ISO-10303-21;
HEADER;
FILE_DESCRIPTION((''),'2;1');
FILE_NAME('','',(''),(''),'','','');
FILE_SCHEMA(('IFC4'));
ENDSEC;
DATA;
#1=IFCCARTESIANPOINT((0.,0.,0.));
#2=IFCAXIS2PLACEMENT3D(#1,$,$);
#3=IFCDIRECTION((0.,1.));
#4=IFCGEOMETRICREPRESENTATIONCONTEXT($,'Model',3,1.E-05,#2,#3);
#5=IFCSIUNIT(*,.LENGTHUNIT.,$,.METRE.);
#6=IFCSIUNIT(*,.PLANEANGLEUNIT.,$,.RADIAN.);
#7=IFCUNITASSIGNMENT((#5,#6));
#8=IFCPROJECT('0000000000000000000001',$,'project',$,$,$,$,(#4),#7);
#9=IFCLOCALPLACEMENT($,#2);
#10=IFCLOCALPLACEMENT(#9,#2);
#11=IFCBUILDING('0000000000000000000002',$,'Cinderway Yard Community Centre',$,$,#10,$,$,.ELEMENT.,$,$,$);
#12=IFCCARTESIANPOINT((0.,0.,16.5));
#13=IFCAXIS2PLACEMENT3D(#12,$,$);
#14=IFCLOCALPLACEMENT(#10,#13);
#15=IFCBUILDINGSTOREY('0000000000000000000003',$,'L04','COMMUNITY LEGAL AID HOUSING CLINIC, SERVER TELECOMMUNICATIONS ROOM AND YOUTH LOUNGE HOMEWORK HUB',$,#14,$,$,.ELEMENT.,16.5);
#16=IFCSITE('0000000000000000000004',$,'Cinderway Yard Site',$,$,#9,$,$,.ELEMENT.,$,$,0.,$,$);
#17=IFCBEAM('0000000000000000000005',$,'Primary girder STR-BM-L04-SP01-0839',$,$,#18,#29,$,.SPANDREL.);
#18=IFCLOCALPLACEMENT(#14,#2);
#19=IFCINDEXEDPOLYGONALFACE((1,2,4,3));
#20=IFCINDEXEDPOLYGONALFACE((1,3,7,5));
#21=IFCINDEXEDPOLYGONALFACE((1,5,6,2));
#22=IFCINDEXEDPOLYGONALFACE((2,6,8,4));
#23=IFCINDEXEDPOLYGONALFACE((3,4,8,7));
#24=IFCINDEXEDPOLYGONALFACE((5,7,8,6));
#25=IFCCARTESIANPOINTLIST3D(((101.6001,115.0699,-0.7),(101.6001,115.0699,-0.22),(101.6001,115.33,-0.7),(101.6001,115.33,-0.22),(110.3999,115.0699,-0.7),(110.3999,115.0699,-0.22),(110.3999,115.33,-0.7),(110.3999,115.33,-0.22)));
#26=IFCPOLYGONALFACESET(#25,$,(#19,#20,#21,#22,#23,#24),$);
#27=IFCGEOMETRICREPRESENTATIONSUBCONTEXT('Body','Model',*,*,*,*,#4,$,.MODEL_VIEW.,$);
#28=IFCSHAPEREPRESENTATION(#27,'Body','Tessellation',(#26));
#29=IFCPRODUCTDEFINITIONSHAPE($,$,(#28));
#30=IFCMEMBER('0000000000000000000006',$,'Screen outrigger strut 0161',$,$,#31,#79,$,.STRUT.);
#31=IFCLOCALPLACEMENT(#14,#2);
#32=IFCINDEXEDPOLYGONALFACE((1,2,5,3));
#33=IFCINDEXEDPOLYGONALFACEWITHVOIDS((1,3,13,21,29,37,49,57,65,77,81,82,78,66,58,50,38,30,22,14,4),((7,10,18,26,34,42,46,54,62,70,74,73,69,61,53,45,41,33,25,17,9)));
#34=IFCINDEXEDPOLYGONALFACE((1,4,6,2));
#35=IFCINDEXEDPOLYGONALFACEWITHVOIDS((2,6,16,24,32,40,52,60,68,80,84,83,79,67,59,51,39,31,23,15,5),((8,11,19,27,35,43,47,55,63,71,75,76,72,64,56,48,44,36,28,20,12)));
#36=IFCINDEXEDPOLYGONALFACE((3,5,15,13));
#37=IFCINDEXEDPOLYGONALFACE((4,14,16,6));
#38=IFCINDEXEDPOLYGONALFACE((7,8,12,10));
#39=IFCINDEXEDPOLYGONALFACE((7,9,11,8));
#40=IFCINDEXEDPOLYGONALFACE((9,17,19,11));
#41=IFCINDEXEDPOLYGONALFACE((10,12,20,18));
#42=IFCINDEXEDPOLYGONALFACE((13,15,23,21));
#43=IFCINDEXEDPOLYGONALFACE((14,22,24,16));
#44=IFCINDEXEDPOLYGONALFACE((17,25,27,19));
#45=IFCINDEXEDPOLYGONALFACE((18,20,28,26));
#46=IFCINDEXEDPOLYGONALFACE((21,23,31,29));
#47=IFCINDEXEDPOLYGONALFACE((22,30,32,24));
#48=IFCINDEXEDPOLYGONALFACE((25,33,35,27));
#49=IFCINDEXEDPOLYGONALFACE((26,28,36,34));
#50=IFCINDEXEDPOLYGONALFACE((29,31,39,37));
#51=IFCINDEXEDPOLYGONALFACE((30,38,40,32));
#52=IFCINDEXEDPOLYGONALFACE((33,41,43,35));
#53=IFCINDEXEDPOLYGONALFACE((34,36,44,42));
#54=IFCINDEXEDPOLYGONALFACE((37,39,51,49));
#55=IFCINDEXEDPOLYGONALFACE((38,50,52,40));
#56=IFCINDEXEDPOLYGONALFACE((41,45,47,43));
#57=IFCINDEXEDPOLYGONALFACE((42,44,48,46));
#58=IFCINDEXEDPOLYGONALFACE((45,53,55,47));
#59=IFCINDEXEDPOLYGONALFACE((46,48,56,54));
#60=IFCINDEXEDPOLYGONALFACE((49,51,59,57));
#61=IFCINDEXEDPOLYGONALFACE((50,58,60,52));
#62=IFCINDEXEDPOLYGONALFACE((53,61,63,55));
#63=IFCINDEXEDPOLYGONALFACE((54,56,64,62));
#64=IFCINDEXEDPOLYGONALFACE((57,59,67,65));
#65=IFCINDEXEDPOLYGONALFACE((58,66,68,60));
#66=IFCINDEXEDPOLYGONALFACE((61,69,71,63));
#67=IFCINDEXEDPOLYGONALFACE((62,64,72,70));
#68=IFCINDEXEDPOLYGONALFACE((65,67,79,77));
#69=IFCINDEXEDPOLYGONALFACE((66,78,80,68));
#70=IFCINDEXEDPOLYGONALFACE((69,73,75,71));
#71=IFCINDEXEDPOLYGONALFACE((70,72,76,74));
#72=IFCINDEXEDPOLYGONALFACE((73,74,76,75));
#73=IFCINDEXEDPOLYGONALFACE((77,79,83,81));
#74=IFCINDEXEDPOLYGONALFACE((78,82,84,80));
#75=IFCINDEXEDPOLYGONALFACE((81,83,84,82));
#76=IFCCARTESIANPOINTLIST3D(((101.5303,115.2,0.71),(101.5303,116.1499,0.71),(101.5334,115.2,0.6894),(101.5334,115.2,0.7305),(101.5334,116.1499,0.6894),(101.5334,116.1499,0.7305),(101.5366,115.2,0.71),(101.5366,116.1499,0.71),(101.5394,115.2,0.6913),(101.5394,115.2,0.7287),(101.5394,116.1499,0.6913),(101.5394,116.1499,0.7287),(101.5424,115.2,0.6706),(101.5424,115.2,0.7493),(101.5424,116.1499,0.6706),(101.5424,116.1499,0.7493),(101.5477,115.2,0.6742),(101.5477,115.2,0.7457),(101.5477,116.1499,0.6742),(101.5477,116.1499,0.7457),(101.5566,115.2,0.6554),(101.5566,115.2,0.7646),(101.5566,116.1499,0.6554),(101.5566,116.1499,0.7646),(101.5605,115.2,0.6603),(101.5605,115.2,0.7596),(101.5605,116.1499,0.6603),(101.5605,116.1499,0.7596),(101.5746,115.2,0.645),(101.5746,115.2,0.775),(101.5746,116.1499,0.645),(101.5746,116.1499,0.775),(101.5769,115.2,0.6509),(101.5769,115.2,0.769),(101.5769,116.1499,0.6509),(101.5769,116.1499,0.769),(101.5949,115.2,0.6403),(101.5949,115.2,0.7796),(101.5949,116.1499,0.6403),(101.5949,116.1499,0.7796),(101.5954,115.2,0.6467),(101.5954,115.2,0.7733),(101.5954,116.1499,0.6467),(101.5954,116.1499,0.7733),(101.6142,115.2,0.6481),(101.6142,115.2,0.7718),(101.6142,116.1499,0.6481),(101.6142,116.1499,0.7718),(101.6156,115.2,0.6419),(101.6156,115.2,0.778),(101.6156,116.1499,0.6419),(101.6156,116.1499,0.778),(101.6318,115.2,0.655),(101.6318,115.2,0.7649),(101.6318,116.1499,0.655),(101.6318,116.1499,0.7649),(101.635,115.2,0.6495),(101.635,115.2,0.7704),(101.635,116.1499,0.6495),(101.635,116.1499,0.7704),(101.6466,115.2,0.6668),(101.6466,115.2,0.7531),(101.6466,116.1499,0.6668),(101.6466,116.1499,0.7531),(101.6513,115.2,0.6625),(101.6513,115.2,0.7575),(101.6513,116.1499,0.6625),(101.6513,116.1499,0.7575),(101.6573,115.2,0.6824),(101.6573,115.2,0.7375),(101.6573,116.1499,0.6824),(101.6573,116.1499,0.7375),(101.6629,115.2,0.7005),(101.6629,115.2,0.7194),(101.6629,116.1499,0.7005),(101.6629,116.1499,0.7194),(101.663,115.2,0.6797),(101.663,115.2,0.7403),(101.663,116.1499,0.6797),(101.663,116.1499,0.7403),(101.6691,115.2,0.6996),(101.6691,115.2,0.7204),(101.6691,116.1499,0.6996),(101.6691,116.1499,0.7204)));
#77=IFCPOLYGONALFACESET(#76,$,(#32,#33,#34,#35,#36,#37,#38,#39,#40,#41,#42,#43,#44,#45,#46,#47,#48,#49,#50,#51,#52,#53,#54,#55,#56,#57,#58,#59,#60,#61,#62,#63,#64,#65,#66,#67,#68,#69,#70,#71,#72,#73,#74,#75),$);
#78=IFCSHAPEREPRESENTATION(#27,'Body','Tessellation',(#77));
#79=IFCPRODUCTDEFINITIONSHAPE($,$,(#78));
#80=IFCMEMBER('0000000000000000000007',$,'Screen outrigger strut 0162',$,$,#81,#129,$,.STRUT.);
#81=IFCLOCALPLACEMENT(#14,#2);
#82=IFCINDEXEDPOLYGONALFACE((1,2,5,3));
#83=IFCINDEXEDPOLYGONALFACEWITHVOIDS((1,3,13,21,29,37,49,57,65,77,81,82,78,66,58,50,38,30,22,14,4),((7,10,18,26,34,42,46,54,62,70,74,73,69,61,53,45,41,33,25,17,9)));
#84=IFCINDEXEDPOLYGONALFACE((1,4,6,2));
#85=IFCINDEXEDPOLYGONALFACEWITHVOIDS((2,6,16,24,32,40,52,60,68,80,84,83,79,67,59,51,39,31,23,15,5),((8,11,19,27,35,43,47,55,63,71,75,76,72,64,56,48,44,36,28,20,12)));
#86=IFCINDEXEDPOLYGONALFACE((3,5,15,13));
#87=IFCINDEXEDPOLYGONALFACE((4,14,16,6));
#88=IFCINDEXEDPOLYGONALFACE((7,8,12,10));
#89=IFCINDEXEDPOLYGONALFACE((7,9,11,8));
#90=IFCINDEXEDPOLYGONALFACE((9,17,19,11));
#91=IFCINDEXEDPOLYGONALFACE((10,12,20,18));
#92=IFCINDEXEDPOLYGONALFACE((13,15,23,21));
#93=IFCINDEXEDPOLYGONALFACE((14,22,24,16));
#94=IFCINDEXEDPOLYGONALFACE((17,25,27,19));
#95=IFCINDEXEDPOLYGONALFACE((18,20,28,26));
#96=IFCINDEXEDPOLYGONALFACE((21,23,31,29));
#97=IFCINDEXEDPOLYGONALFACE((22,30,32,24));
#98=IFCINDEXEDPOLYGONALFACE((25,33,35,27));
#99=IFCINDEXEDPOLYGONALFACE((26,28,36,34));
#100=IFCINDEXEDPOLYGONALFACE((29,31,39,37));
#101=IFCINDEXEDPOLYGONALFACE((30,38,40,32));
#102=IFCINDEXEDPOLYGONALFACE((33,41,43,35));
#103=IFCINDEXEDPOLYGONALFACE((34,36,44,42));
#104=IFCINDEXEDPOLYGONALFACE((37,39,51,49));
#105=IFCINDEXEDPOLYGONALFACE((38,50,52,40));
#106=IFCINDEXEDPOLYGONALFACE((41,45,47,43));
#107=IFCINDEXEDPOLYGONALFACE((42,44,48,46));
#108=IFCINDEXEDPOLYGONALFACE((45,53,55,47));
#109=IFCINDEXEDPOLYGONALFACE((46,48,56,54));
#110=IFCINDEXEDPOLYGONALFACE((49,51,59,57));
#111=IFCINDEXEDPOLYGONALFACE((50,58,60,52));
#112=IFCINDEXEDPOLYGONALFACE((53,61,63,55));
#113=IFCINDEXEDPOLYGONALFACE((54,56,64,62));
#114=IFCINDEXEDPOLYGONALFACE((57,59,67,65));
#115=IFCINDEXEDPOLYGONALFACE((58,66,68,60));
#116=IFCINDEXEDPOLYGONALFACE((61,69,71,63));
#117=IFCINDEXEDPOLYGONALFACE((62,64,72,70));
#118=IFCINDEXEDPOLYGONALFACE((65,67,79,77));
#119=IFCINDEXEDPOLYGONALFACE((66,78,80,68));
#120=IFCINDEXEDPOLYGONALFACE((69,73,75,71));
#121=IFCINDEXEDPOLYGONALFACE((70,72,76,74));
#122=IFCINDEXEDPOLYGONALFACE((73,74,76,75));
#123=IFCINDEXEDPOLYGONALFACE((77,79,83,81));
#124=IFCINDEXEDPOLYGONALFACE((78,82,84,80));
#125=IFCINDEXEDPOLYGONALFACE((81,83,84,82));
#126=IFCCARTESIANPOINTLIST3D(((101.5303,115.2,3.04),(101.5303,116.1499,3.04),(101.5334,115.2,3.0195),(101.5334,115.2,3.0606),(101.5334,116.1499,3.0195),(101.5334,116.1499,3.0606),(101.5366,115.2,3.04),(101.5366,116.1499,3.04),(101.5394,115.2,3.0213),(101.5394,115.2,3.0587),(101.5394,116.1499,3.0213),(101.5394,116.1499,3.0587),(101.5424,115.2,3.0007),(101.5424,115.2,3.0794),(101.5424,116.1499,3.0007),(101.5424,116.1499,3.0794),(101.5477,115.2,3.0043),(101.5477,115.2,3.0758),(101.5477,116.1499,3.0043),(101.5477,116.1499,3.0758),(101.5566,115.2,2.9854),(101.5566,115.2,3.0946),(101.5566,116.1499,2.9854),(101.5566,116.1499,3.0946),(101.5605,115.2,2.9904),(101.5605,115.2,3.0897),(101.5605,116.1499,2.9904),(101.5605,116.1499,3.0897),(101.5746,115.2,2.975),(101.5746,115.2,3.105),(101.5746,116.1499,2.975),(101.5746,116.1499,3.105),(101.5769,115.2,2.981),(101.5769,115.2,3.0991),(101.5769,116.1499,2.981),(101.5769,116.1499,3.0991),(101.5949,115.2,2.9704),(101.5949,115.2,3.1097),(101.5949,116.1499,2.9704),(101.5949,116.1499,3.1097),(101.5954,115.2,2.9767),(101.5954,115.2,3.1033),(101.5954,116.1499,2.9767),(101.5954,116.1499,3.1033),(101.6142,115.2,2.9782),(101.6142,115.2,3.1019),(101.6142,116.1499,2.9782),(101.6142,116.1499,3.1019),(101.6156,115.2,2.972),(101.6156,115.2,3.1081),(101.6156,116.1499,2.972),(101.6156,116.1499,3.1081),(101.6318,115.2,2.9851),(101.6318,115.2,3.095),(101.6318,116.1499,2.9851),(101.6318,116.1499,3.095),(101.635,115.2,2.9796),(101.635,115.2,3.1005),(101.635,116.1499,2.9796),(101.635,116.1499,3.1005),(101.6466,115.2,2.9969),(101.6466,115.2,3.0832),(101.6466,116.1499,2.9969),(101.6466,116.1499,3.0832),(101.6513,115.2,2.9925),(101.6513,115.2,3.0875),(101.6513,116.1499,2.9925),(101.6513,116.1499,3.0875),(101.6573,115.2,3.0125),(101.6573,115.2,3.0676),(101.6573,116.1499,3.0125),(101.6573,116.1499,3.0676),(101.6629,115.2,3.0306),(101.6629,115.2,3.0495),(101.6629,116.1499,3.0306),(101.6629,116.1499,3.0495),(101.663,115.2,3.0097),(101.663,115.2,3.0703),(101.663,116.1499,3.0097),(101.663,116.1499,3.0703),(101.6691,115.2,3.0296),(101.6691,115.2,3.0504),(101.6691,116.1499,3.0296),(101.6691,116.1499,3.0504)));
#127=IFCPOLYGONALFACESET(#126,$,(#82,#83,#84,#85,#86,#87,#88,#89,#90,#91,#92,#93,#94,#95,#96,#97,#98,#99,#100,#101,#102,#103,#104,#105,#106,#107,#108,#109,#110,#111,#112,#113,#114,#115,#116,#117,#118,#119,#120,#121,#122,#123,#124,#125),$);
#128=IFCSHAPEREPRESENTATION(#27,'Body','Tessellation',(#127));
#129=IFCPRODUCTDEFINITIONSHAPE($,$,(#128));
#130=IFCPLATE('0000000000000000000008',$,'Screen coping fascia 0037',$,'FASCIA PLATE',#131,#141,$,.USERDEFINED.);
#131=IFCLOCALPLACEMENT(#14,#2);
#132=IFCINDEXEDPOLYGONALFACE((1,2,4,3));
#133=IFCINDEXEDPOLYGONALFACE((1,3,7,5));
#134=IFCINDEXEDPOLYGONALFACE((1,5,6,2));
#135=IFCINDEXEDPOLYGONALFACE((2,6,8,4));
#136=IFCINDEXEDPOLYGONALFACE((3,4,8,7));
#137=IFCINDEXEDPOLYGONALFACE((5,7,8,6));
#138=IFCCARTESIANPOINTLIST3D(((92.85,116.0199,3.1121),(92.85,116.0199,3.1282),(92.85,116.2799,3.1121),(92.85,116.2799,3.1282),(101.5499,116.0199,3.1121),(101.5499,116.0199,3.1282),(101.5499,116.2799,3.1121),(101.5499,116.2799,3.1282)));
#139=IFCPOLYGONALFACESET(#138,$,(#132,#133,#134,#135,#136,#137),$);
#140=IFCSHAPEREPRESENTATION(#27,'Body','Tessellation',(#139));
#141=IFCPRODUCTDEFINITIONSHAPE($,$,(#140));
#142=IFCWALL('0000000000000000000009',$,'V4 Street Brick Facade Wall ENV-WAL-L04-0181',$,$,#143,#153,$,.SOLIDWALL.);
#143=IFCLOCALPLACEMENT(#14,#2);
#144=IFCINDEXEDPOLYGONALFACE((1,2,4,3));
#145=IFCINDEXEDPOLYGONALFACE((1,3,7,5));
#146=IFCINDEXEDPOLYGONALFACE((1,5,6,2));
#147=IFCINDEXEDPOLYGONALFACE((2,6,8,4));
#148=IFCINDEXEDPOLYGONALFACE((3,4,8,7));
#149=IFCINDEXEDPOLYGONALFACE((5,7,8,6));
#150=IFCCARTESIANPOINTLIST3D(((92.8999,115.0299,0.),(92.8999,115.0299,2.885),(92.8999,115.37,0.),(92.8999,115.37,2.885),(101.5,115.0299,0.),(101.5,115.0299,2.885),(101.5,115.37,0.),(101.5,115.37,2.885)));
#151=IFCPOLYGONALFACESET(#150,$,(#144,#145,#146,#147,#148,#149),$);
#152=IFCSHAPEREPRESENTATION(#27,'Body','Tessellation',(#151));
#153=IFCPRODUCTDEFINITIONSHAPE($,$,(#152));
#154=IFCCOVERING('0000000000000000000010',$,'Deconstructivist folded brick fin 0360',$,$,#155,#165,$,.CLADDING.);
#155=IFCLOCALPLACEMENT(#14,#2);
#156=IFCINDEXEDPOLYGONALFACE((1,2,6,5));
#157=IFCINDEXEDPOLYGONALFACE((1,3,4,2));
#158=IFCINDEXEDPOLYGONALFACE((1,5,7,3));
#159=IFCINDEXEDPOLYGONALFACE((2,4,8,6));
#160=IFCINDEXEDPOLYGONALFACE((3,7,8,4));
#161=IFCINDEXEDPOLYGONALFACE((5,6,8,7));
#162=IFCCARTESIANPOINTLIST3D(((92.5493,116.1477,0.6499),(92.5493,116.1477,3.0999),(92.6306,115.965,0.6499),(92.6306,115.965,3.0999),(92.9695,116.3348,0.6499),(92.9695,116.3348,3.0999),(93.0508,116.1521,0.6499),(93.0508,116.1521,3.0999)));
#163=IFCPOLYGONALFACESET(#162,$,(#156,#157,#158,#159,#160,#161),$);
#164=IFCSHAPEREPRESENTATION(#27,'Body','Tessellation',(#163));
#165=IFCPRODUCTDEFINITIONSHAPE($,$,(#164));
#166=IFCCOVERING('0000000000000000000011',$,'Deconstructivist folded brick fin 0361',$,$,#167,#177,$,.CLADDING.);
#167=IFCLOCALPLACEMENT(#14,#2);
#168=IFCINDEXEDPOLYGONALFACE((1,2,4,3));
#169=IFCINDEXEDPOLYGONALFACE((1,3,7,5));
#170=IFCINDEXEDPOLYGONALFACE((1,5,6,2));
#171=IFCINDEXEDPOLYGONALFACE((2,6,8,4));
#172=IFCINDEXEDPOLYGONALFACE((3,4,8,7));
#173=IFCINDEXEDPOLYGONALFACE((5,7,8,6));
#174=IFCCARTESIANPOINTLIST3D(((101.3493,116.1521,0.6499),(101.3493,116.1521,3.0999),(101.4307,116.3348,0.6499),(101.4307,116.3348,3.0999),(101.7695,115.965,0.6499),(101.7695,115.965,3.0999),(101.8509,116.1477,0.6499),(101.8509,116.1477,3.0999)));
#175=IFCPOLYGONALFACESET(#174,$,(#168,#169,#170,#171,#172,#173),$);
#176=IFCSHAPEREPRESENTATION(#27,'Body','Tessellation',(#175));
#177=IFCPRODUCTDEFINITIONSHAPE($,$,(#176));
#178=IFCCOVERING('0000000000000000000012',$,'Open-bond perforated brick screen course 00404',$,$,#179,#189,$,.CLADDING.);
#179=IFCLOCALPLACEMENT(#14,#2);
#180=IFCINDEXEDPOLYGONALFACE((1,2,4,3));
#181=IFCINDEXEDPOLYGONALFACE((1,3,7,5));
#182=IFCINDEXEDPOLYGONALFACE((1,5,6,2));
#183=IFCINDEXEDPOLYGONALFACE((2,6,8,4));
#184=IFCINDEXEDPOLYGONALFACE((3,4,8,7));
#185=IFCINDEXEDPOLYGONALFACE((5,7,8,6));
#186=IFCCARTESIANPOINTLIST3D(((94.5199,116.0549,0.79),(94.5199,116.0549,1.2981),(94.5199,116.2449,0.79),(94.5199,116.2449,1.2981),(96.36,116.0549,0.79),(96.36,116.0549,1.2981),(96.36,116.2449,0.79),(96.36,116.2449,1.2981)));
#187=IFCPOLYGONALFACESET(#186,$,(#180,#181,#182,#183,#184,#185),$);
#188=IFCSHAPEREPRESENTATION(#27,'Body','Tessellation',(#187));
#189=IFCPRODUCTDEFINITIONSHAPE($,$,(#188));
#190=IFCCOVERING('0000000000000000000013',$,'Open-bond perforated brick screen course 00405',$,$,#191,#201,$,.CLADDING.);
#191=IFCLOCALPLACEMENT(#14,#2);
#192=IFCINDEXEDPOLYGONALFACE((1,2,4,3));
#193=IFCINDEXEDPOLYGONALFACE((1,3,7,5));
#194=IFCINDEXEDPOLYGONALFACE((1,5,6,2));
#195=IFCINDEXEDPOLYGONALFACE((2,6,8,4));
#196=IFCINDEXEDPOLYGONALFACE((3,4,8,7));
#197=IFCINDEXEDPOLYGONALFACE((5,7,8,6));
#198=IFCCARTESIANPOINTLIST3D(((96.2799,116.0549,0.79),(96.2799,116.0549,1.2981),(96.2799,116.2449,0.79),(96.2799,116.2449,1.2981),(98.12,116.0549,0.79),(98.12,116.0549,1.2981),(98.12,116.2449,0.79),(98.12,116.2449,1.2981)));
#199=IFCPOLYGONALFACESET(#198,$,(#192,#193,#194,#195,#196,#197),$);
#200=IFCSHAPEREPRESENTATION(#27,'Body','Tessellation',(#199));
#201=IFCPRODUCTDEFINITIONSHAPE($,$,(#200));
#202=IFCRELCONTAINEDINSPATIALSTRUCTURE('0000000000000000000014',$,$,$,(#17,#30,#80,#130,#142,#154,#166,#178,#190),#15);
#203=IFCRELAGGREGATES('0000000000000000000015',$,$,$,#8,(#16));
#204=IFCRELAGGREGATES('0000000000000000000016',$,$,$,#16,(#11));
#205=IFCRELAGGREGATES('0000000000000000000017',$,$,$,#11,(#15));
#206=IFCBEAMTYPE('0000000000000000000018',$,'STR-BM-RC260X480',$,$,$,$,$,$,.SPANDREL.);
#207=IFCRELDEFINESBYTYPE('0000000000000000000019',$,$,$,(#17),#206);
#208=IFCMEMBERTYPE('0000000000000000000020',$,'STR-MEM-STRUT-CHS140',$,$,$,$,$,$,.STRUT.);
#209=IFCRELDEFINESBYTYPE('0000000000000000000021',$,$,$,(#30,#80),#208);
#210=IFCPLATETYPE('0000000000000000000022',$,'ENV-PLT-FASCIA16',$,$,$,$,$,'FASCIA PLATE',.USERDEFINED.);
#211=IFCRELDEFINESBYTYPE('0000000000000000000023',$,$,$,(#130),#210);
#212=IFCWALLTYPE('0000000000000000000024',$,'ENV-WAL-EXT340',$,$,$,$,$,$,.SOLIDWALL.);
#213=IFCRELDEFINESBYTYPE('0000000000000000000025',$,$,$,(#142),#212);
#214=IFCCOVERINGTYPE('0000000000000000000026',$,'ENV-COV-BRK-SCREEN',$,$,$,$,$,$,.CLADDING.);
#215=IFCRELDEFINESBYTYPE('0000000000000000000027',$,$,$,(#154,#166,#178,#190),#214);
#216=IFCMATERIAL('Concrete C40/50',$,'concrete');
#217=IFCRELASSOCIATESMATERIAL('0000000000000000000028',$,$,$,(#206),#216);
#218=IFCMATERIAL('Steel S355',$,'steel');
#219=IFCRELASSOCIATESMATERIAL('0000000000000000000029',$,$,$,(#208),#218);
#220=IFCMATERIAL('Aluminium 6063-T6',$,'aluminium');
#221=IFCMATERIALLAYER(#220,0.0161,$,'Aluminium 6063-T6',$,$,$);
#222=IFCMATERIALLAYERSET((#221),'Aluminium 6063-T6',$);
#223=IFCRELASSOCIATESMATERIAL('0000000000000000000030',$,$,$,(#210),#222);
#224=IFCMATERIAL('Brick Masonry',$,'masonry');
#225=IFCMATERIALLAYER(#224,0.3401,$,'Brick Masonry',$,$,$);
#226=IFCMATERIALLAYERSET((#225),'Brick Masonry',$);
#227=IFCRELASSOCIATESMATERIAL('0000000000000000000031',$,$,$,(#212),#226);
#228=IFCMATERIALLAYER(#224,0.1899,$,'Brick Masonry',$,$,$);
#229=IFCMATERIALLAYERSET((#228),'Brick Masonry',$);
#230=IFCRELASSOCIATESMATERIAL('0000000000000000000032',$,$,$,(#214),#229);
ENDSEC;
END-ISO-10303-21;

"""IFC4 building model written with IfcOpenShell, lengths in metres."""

from ifc_helpers import new_model, si_unit, direction, frame, frame_2d, origin, origin_2d, place, context, subcontext, project, spatial, rectangle, hollow_circle, extrude, material, layer, layer_set, material_profile, profile_set, type_object, element, save


model = new_model("IFC4")

# Units and contexts
model_context = context("Model", 3, precision=1e-05, world=origin(), true_north=direction((0.0, 1.0)))
body_context = subcontext(model_context, "Body", "Model", "MODEL_VIEW")
ifc_project = project(units=[si_unit("LENGTHUNIT", "METRE"), si_unit("PLANEANGLEUNIT", "RADIAN")], contexts=[model_context])

# Site, building, storey
site_placement = place(None, origin())
site = spatial("IfcSite", under=ifc_project, at=site_placement, Name="Cinderway Yard Site", CompositionType="ELEMENT", RefElevation=0.0)
building_placement = place(site_placement, origin())
building = spatial("IfcBuilding", under=site, at=building_placement, Name="Cinderway Yard Community Centre", CompositionType="ELEMENT")
storey_placement = place(building_placement, frame((0.0, 0.0, 16.5)))
storey = spatial("IfcBuildingStorey", under=building, at=storey_placement, Name="L04", Description="COMMUNITY LEGAL AID HOUSING CLINIC, SERVER TELECOMMUNICATIONS ROOM AND YOUTH LOUNGE HOMEWORK HUB", CompositionType="ELEMENT", Elevation=16.5)

# Shared definitions
ifc_material_1 = material(Name="Concrete C40/50", Category="concrete")

# Shared definitions
ifc_material_2 = material(Name="Steel S355", Category="steel")

# Beam
ifc_material_profile_1 = material_profile(ifc_material_1, rectangle(XDim=0.26, YDim=0.48, at=origin_2d()), Name="Concrete C40/50")
ifc_profile_set_1 = profile_set([ifc_material_profile_1], Name="Concrete C40/50")
beam_type = type_object("IfcBeamType", Name="STR-BM-RC260X480", PredefinedType="SPANDREL", material=ifc_profile_set_1)
beam_placement = place(storey_placement, frame((101.6001, 115.2, -0.46), z_axis=(1.0, 0.0, 0.0), x_axis=(0.0, 1.0, 0.0)))
element("IfcBeam", 1, at=beam_placement, inside=storey, type_object=beam_type, Name="Primary girder STR-BM-L04-SP01-0839", PredefinedType="SPANDREL", context=body_context, shape_type="SweptSolid", body=[
    extrude(rectangle(XDim=0.26, YDim=0.48, at=origin_2d()), origin(), (0.0, 0.0, 1.0), 8.7998),
])

# Members
ifc_material_profile_2 = material_profile(ifc_material_2, hollow_circle(Radius=0.0698, WallThickness=0.0063, at=origin_2d()), Name="Steel S355")
ifc_profile_set_2 = profile_set([ifc_material_profile_2], Name="Steel S355")
member_type_1 = type_object("IfcMemberType", Name="STR-MEM-STRUT-CHS140", PredefinedType="STRUT", material=ifc_profile_set_2)
for number, where, z_axis, x_axis, name in (
    (2, (101.6001, 115.2, 0.71), (0.0, 1.0, 0.0), (-1.0, 0.0, 0.0), "Screen outrigger strut 0161"),
    (3, (101.6001, 115.2, 3.04), (0.0, 1.0, 0.0), (-1.0, 0.0, 0.0), "Screen outrigger strut 0162"),
):
    element("IfcMember", number, at=place(storey_placement, frame(where, z_axis=z_axis, x_axis=x_axis)), inside=storey, type_object=member_type_1, Name=name, PredefinedType="STRUT", context=body_context, shape_type="SweptSolid", body=[
        extrude(hollow_circle(Radius=0.0698, WallThickness=0.0063, at=origin_2d()), origin(), (0.0, 0.0, 1.0), 0.95),
    ])

# Plate
ifc_material_3 = material(Name="Aluminium 6063-T6", Category="aluminium")
ifc_layer_1 = layer(ifc_material_3, 0.0161, Name="Aluminium 6063-T6")
ifc_layer_set_1 = layer_set([ifc_layer_1], Name="Aluminium 6063-T6")
plate_type = type_object("IfcPlateType", Name="ENV-PLT-FASCIA16", ElementType="FASCIA PLATE", PredefinedType="USERDEFINED", material=ifc_layer_set_1)
plate_placement = place(storey_placement, frame((97.2, 116.1499, 3.1121), z_axis=(0.0, 0.0, 1.0), x_axis=(1.0, 0.0, 0.0)))
element("IfcPlate", 4, at=plate_placement, inside=storey, type_object=plate_type, Name="Screen coping fascia 0037", ObjectType="FASCIA PLATE", PredefinedType="USERDEFINED", context=body_context, shape_type="SweptSolid", body=[
    extrude(rectangle(XDim=8.7, YDim=0.26, at=origin_2d()), origin(), (0.0, 0.0, 1.0), 0.0161),
])

# Wall
ifc_material_4 = material(Name="Brick Masonry", Category="masonry")
ifc_layer_2 = layer(ifc_material_4, 0.3401, Name="Brick Masonry")
ifc_layer_set_2 = layer_set([ifc_layer_2], Name="Brick Masonry")
wall_type = type_object("IfcWallType", Name="ENV-WAL-EXT340", PredefinedType="SOLIDWALL", material=ifc_layer_set_2)
wall_placement = place(storey_placement, frame((92.8999, 115.2, 0.0), z_axis=(0.0, 0.0, 1.0), x_axis=(1.0, 0.0, 0.0)))
element("IfcWall", 5, at=wall_placement, inside=storey, type_object=wall_type, Name="V4 Street Brick Facade Wall ENV-WAL-L04-0181", PredefinedType="SOLIDWALL", context=body_context, shape_type="SweptSolid", body=[
    extrude(rectangle(XDim=8.6001, YDim=0.3401, at=frame_2d((4.3, 0.0))), origin(), (0.0, 0.0, 1.0), 2.885),
])

# Coverings
ifc_layer_3 = layer(ifc_material_4, 0.1899, Name="Brick Masonry")
ifc_layer_set_3 = layer_set([ifc_layer_3], Name="Brick Masonry")
covering_type = type_object("IfcCoveringType", Name="ENV-COV-BRK-SCREEN", PredefinedType="CLADDING", material=ifc_layer_set_3)
for number, where, z_axis, x_axis, name in (
    (6, (92.8, 116.1499, 0.6499), (0.0, 0.0, 1.0), (0.913545, 0.406737, 0.0), "Deconstructivist folded brick fin 0360"),
    (7, (101.6001, 116.1499, 0.6499), (0.0, 0.0, 1.0), (0.913545, -0.406737, 0.0), "Deconstructivist folded brick fin 0361"),
):
    element("IfcCovering", number, at=place(storey_placement, frame(where, z_axis=z_axis, x_axis=x_axis)), inside=storey, type_object=covering_type, Name=name, PredefinedType="CLADDING", context=body_context, shape_type="SweptSolid", body=[
        extrude(rectangle(XDim=0.46, YDim=0.2, at=origin_2d()), origin(), (0.0, 0.0, 1.0), 2.45),
    ])
for number, where, z_axis, x_axis, name in (
    (8, (95.4399, 116.1499, 0.79), (0.0, 0.0, 1.0), (1.0, 0.0, 0.0), "Open-bond perforated brick screen course 00404"),
    (9, (97.2, 116.1499, 0.79), (0.0, 0.0, 1.0), (1.0, 0.0, 0.0), "Open-bond perforated brick screen course 00405"),
):
    element("IfcCovering", number, at=place(storey_placement, frame(where, z_axis=z_axis, x_axis=x_axis)), inside=storey, type_object=covering_type, Name=name, PredefinedType="CLADDING", context=body_context, shape_type="SweptSolid", body=[
        extrude(rectangle(XDim=1.8401, YDim=0.1899, at=origin_2d()), origin(), (0.0, 0.0, 1.0), 0.5081),
    ])

save(model, "model.ifc")
